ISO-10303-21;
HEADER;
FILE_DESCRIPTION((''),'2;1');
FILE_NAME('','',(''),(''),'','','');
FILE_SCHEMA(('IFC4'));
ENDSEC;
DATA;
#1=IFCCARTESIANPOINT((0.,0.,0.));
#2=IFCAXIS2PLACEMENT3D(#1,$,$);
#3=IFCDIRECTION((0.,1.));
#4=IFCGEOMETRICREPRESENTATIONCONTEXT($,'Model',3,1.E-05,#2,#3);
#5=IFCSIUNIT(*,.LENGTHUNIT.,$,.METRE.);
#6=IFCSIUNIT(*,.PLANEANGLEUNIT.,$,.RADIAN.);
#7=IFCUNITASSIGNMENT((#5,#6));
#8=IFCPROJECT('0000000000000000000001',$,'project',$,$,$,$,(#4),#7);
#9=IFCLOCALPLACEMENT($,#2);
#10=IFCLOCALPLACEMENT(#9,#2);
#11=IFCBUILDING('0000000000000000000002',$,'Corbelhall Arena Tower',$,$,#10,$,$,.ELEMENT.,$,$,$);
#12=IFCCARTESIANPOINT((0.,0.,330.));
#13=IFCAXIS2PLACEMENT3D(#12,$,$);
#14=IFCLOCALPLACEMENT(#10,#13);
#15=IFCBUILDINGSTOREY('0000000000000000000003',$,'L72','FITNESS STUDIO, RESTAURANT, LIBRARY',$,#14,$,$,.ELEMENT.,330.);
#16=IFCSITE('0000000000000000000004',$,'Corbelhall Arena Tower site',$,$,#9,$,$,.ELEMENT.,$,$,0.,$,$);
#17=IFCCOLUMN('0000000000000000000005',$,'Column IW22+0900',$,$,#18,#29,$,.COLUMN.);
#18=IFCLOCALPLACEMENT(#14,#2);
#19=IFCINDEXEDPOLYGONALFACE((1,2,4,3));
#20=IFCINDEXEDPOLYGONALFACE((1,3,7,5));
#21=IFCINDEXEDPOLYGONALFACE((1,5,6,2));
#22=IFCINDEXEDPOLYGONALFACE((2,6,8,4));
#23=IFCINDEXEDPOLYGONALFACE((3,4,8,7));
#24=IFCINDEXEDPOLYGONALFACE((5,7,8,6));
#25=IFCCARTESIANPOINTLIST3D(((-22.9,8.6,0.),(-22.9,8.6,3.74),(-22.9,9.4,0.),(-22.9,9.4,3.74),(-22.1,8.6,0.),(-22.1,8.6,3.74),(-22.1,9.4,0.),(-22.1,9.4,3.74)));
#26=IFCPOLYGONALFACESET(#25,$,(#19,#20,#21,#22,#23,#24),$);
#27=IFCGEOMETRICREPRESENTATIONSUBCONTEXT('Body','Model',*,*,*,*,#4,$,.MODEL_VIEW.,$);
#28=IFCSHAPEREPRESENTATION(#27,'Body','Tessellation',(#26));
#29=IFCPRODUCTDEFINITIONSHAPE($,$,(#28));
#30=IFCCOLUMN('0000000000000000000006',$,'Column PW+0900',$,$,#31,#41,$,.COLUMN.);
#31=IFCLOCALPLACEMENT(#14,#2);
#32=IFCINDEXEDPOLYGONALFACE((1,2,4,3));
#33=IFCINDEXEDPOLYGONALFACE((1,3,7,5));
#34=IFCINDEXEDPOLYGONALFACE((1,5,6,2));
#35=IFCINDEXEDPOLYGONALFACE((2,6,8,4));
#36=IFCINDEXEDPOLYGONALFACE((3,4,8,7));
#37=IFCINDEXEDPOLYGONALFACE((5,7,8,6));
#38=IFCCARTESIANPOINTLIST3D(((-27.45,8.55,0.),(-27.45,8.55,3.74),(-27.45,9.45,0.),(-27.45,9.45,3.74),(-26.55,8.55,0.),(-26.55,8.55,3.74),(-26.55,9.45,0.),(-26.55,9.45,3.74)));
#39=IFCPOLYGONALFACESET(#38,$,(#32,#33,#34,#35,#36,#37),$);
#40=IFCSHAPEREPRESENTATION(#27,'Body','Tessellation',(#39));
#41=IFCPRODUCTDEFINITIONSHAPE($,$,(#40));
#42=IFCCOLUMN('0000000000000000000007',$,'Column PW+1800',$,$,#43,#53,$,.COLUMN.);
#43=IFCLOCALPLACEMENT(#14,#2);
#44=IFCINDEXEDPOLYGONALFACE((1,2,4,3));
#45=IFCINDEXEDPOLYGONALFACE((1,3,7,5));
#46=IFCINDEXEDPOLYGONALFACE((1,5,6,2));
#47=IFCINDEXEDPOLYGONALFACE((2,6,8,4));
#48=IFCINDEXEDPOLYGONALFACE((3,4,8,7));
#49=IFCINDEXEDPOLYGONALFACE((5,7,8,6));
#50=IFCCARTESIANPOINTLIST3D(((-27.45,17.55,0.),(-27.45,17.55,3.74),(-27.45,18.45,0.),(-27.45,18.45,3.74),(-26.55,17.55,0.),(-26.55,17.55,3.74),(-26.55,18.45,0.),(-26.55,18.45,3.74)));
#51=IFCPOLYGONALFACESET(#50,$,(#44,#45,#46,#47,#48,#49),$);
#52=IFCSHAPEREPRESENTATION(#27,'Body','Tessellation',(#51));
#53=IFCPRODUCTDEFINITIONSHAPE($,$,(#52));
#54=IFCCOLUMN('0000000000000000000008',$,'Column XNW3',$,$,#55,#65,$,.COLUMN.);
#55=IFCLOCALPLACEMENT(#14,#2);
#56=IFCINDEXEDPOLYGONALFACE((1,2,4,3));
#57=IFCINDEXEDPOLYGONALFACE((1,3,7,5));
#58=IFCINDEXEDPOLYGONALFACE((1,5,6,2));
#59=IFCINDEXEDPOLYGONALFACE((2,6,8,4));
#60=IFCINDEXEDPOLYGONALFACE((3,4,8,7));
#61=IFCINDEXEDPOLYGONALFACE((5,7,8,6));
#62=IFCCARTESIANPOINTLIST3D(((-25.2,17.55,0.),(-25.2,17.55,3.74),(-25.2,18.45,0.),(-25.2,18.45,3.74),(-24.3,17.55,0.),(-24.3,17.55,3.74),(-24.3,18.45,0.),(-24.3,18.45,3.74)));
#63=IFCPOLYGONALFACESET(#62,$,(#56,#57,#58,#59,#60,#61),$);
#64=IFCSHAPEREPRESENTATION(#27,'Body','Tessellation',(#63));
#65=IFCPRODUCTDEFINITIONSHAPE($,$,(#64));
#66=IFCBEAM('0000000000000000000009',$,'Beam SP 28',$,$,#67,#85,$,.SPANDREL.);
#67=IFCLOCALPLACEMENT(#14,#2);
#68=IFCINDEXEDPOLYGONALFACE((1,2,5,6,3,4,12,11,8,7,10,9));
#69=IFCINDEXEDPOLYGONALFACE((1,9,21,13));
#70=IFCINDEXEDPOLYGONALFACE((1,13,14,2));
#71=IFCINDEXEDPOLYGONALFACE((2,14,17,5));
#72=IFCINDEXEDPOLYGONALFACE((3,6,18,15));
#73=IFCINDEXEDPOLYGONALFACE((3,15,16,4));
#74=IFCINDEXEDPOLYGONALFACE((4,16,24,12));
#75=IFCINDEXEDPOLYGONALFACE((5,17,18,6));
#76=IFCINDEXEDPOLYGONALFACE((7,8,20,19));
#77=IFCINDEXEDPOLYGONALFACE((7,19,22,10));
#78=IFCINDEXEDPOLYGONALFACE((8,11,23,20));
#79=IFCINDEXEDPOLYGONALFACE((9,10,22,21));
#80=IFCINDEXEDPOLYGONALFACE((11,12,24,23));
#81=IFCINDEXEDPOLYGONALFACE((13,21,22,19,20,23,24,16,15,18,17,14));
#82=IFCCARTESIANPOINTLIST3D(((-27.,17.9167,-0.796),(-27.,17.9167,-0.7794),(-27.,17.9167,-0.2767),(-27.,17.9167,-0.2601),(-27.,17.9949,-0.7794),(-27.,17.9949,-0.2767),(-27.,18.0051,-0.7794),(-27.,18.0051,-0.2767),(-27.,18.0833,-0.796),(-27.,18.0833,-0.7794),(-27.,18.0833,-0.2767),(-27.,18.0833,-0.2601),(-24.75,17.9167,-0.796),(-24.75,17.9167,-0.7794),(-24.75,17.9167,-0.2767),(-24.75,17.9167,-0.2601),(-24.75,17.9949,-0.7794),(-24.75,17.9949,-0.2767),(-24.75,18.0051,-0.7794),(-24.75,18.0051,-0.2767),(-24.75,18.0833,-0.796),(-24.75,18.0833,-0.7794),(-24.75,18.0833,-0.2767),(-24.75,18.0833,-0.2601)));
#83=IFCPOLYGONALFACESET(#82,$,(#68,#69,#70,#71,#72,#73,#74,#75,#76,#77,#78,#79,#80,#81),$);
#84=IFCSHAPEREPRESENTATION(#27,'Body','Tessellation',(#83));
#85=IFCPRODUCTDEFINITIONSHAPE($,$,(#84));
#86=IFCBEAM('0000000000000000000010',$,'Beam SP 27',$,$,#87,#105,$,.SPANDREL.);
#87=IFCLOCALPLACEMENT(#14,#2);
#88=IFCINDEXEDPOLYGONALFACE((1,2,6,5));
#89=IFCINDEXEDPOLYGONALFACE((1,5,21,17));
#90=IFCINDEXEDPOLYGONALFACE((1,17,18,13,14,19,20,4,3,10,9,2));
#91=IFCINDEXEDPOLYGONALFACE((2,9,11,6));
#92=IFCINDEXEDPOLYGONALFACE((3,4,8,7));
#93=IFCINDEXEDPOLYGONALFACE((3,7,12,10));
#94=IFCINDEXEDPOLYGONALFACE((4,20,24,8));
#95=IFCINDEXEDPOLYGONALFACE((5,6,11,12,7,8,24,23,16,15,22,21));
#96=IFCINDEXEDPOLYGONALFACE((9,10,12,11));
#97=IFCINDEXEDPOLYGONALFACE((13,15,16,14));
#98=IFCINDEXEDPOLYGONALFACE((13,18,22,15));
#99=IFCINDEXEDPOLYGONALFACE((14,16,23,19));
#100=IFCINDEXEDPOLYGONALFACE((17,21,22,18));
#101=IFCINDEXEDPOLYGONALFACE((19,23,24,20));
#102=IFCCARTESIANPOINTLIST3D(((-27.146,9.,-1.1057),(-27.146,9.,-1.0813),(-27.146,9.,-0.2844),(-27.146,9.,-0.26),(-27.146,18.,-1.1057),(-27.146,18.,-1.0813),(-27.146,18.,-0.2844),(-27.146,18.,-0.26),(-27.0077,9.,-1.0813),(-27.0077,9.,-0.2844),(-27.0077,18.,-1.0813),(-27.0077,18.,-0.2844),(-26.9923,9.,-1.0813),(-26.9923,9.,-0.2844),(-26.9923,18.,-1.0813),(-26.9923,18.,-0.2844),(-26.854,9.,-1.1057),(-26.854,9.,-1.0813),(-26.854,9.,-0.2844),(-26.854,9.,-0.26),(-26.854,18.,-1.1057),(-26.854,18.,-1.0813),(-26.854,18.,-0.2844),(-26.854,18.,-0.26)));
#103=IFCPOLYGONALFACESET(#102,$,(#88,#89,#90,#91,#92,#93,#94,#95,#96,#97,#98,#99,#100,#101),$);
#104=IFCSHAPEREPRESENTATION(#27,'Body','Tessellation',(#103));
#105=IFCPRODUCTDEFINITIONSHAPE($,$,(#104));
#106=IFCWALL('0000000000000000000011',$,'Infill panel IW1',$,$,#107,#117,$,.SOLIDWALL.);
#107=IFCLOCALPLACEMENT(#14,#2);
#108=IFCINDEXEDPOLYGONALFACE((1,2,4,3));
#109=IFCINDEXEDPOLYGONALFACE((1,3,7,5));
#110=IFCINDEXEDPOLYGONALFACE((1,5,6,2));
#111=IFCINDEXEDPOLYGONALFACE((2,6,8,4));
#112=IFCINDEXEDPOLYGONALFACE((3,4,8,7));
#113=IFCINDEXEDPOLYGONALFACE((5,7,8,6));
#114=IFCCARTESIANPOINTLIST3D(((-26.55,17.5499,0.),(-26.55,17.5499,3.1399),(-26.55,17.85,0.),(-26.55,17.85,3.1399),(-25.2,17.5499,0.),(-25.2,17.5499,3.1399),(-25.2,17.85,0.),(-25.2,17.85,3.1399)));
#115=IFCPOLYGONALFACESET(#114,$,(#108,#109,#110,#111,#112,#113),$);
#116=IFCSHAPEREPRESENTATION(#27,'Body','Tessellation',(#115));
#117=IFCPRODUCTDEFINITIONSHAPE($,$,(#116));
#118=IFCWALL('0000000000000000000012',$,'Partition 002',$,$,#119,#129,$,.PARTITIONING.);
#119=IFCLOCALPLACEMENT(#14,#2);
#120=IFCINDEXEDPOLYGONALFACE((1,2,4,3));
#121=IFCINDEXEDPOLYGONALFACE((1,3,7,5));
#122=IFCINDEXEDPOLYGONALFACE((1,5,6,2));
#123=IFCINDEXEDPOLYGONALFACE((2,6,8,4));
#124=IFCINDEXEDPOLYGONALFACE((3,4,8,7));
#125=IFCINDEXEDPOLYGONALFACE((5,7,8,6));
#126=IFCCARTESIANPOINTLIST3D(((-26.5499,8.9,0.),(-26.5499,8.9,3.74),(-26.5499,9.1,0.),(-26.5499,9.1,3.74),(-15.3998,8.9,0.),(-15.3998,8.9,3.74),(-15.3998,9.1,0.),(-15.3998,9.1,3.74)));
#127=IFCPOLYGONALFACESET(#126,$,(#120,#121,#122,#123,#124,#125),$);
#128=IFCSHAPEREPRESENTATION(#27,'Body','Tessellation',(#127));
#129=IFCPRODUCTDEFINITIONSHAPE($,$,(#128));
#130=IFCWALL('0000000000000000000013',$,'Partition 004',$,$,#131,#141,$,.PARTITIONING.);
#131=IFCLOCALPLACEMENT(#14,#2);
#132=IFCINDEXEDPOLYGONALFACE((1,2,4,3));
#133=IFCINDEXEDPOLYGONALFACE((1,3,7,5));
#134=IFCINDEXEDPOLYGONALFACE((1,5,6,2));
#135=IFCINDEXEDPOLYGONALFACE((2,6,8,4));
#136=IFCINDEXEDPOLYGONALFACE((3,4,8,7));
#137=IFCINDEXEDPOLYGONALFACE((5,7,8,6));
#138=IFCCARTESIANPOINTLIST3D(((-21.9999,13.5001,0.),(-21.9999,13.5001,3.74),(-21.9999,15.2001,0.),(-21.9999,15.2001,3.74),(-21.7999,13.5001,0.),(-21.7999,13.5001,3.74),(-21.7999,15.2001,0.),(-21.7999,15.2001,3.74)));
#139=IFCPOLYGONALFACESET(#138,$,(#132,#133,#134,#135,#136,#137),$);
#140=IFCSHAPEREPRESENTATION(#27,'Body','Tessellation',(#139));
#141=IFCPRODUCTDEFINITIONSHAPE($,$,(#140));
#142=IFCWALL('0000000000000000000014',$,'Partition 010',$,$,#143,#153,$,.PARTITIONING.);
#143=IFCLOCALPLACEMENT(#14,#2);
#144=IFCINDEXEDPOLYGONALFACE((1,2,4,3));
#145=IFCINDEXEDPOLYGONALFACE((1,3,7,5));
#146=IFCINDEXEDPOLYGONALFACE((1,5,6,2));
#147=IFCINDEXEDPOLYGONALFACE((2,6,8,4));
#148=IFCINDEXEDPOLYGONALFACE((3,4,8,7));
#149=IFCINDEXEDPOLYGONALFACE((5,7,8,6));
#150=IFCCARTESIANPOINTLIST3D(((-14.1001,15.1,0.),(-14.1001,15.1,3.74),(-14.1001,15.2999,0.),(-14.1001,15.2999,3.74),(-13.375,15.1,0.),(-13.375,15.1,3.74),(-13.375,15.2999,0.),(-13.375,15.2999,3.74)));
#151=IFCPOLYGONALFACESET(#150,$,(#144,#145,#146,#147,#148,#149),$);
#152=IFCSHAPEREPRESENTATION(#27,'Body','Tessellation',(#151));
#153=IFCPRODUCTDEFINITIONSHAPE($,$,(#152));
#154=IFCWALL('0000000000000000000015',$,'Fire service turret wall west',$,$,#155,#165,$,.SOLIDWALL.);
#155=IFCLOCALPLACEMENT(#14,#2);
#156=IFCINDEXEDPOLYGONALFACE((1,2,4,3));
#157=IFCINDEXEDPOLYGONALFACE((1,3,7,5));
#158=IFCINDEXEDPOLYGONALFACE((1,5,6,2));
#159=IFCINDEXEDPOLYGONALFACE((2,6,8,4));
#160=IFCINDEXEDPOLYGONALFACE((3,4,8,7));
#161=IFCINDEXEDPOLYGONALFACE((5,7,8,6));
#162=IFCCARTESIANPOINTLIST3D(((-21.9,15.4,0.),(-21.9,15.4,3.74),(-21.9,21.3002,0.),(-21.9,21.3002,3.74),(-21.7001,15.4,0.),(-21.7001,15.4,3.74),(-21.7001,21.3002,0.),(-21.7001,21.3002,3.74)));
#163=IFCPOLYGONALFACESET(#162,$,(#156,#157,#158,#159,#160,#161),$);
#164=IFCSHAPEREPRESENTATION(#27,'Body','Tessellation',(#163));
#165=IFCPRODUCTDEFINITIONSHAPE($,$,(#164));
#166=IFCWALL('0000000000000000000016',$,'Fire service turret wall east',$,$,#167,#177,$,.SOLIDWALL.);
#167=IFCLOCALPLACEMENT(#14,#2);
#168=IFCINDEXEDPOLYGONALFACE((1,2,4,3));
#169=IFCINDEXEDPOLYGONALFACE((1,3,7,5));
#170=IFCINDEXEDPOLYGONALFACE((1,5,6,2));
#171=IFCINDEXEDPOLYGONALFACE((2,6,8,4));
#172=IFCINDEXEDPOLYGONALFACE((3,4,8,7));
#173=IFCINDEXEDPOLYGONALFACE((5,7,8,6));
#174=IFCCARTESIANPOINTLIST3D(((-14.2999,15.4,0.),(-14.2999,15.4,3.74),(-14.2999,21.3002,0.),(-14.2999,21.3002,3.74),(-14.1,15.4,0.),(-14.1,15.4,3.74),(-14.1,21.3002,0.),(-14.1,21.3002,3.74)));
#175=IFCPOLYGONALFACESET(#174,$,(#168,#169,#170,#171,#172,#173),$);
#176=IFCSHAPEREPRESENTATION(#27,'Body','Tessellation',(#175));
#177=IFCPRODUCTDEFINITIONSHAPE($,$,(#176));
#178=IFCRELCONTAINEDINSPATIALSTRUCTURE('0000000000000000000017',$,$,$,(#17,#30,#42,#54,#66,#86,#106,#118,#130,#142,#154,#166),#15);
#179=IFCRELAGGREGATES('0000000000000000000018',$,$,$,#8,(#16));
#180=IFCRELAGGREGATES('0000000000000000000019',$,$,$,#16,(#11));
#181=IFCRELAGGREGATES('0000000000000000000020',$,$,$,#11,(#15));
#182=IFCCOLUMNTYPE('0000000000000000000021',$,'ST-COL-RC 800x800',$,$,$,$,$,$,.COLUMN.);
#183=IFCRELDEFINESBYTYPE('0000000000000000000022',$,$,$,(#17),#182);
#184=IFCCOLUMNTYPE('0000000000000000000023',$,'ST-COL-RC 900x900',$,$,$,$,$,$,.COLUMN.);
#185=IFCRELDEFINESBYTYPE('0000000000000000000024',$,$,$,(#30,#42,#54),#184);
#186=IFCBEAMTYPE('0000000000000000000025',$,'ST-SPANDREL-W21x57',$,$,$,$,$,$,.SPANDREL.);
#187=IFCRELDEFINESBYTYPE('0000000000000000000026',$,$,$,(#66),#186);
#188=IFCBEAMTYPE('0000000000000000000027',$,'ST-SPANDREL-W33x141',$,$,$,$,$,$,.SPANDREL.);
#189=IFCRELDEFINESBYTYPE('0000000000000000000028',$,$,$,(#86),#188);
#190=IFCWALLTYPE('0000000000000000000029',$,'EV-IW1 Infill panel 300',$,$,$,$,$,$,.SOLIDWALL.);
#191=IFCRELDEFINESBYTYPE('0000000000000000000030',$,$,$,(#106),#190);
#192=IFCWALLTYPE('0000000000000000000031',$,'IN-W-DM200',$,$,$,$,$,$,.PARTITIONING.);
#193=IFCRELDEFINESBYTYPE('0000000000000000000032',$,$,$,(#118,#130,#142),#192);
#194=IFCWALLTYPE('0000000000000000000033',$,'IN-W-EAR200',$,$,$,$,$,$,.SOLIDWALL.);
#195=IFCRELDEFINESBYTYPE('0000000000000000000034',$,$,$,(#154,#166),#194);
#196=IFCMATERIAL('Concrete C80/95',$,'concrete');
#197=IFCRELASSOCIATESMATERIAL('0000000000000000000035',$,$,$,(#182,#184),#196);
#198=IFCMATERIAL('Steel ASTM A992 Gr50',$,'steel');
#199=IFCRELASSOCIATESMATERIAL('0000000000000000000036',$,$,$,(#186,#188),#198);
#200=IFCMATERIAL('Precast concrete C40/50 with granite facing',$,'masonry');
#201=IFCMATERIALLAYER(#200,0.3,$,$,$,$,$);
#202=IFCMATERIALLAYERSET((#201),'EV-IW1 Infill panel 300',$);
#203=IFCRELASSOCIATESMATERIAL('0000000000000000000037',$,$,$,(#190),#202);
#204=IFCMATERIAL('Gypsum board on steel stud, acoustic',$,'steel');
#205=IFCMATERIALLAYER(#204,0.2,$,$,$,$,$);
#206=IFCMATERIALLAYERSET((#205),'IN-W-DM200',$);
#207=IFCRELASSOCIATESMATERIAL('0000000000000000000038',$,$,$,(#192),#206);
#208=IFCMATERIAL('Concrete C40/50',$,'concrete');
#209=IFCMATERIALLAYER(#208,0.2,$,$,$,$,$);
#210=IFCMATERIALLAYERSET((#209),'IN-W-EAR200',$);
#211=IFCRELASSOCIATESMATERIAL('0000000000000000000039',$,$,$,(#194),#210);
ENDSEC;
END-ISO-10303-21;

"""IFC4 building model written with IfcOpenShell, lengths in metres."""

from ifc_helpers import new_model, si_unit, direction, frame, frame_2d, origin, origin_2d, place, context, subcontext, project, spatial, rectangle, i_section, extrude, material, layer, layer_set, material_profile, profile_set, type_object, element, save


model = new_model("IFC4")

# Units and contexts
model_context = context("Model", 3, precision=1e-05, world=origin(), true_north=direction((0.0, 1.0)))
body_context = subcontext(model_context, "Body", "Model", "MODEL_VIEW")
ifc_project = project(units=[si_unit("LENGTHUNIT", "METRE"), si_unit("PLANEANGLEUNIT", "RADIAN")], contexts=[model_context])

# Site, building, storey
site_placement = place(None, origin())
site = spatial("IfcSite", under=ifc_project, at=site_placement, Name="Corbelhall Arena Tower site", CompositionType="ELEMENT", RefElevation=0.0)
building_placement = place(site_placement, origin())
building = spatial("IfcBuilding", under=site, at=building_placement, Name="Corbelhall Arena Tower", CompositionType="ELEMENT")
storey_placement = place(building_placement, frame((0.0, 0.0, 330.0)))
storey = spatial("IfcBuildingStorey", under=building, at=storey_placement, Name="L72", Description="FITNESS STUDIO, RESTAURANT, LIBRARY", CompositionType="ELEMENT", Elevation=330.0)

# Columns
ifc_material_1 = material(Name="Concrete C80/95", Category="concrete")
ifc_material_profile_1 = material_profile(ifc_material_1, rectangle(XDim=0.8, YDim=0.8, at=origin_2d()))
ifc_profile_set_1 = profile_set([ifc_material_profile_1], Name="Concrete C80/95")
column_type_1 = type_object("IfcColumnType", Name="ST-COL-RC 800x800", PredefinedType="COLUMN", material=ifc_profile_set_1)
column_placement = place(storey_placement, frame((-22.5, 9.0, 0.0), z_axis=(0.0, 0.0, 1.0), x_axis=(1.0, 0.0, 0.0)))
element("IfcColumn", 1, at=column_placement, inside=storey, type_object=column_type_1, Name="Column IW22+0900", PredefinedType="COLUMN", context=body_context, shape_type="SweptSolid", body=[
    extrude(rectangle(XDim=0.8, YDim=0.8, at=origin_2d()), origin(), (0.0, 0.0, 1.0), 3.74),
])
ifc_material_profile_2 = material_profile(ifc_material_1, rectangle(XDim=0.8999, YDim=0.8999, at=origin_2d()))
ifc_profile_set_2 = profile_set([ifc_material_profile_2], Name="Concrete C80/95")
column_type_2 = type_object("IfcColumnType", Name="ST-COL-RC 900x900", PredefinedType="COLUMN", material=ifc_profile_set_2)
for number, where, z_axis, x_axis, name in (
    (2, (-27.0, 9.0, 0.0), (0.0, 0.0, 1.0), (0.0, 1.0, 0.0), "Column PW+0900"),
    (3, (-27.0, 18.0, 0.0), (0.0, 0.0, 1.0), (0.0, 1.0, 0.0), "Column PW+1800"),
    (4, (-24.75, 18.0, 0.0), (0.0, 0.0, 1.0), (1.0, 0.0, 0.0), "Column XNW3"),
):
    element("IfcColumn", number, at=place(storey_placement, frame(where, z_axis=z_axis, x_axis=x_axis)), inside=storey, type_object=column_type_2, Name=name, PredefinedType="COLUMN", context=body_context, shape_type="SweptSolid", body=[
        extrude(rectangle(XDim=0.8999, YDim=0.8999, at=origin_2d()), origin(), (0.0, 0.0, 1.0), 3.74),
    ])

# Beams
ifc_material_2 = material(Name="Steel ASTM A992 Gr50", Category="steel")
ifc_material_profile_3 = material_profile(ifc_material_2, i_section(OverallWidth=0.1665, OverallDepth=0.5359, WebThickness=0.0103, FlangeThickness=0.0166, at=origin_2d()))
ifc_profile_set_3 = profile_set([ifc_material_profile_3], Name="Steel ASTM A992 Gr50")
beam_type_1 = type_object("IfcBeamType", Name="ST-SPANDREL-W21x57", PredefinedType="SPANDREL", material=ifc_profile_set_3)
beam_1_placement = place(storey_placement, frame((-27.0, 18.0, -0.5281), z_axis=(1.0, 0.0, 0.0), x_axis=(0.0, 1.0, 0.0)))
element("IfcBeam", 5, at=beam_1_placement, inside=storey, type_object=beam_type_1, Name="Beam SP 28", PredefinedType="SPANDREL", context=body_context, shape_type="SweptSolid", body=[
    extrude(i_section(OverallWidth=0.1665, OverallDepth=0.5359, WebThickness=0.0103, FlangeThickness=0.0166, at=origin_2d()), origin(), (0.0, 0.0, 1.0), 2.25),
])
ifc_material_profile_4 = material_profile(ifc_material_2, i_section(OverallWidth=0.292, OverallDepth=0.8457, WebThickness=0.0154, FlangeThickness=0.0244, at=origin_2d()))
ifc_profile_set_4 = profile_set([ifc_material_profile_4], Name="Steel ASTM A992 Gr50")
beam_type_2 = type_object("IfcBeamType", Name="ST-SPANDREL-W33x141", PredefinedType="SPANDREL", material=ifc_profile_set_4)
beam_2_placement = place(storey_placement, frame((-27.0, 9.0, -0.6829), z_axis=(0.0, 1.0, 0.0), x_axis=(-1.0, 0.0, 0.0)))
element("IfcBeam", 6, at=beam_2_placement, inside=storey, type_object=beam_type_2, Name="Beam SP 27", PredefinedType="SPANDREL", context=body_context, shape_type="SweptSolid", body=[
    extrude(i_section(OverallWidth=0.292, OverallDepth=0.8457, WebThickness=0.0154, FlangeThickness=0.0244, at=origin_2d()), origin(), (0.0, 0.0, 1.0), 9.0),
])

# Wall
ifc_material_3 = material(Name="Precast concrete C40/50 with granite facing", Category="masonry")
ifc_layer_1 = layer(ifc_material_3, 0.3)
ifc_layer_set_1 = layer_set([ifc_layer_1], Name="EV-IW1 Infill panel 300")
wall_type_1 = type_object("IfcWallType", Name="EV-IW1 Infill panel 300", PredefinedType="SOLIDWALL", material=ifc_layer_set_1)
wall_1_placement = place(storey_placement, frame((-25.2, 17.7, 0.0), z_axis=(0.0, 0.0, 1.0), x_axis=(-1.0, 0.0, 0.0)))
element("IfcWall", 7, at=wall_1_placement, inside=storey, type_object=wall_type_1, Name="Infill panel IW1", PredefinedType="SOLIDWALL", context=body_context, shape_type="SweptSolid", body=[
    extrude(rectangle(XDim=1.3501, YDim=0.3, at=frame_2d((0.675, 0.0))), origin(), (0.0, 0.0, 1.0), 3.1399),
])

# Walls
ifc_material_4 = material(Name="Gypsum board on steel stud, acoustic", Category="steel")
ifc_layer_2 = layer(ifc_material_4, 0.2)
ifc_layer_set_2 = layer_set([ifc_layer_2], Name="IN-W-DM200")
wall_type_2 = type_object("IfcWallType", Name="IN-W-DM200", PredefinedType="PARTITIONING", material=ifc_layer_set_2)
wall_2_placement = place(storey_placement, frame((-26.55, 9.0, 0.0), z_axis=(0.0, 0.0, 1.0), x_axis=(1.0, 0.0, 0.0)))
element("IfcWall", 8, at=wall_2_placement, inside=storey, type_object=wall_type_2, Name="Partition 002", PredefinedType="PARTITIONING", context=body_context, shape_type="SweptSolid", body=[
    extrude(rectangle(XDim=11.1501, YDim=0.2, at=frame_2d((5.5752, 0.0))), origin(), (0.0, 0.0, 1.0), 3.74),
])
wall_3_placement = place(storey_placement, frame((-21.8999, 13.5, 0.0), z_axis=(0.0, 0.0, 1.0), x_axis=(0.0, 1.0, 0.0)))
element("IfcWall", 9, at=wall_3_placement, inside=storey, type_object=wall_type_2, Name="Partition 004", PredefinedType="PARTITIONING", context=body_context, shape_type="SweptSolid", body=[
    extrude(rectangle(XDim=1.7, YDim=0.2, at=frame_2d((0.8501, 0.0))), origin(), (0.0, 0.0, 1.0), 3.74),
])

# Wall
wall_4_placement = place(storey_placement, frame((-14.1001, 15.2, 0.0), z_axis=(0.0, 0.0, 1.0), x_axis=(1.0, 0.0, 0.0)))
element("IfcWall", 10, at=wall_4_placement, inside=storey, type_object=wall_type_2, Name="Partition 010", PredefinedType="PARTITIONING", context=body_context, shape_type="SweptSolid", body=[
    extrude(rectangle(XDim=0.7251, YDim=0.2, at=frame_2d((0.3625, 0.0))), origin(), (0.0, 0.0, 1.0), 3.74),
])

# Shared definitions
ifc_material_5 = material(Name="Concrete C40/50", Category="concrete")
ifc_layer_3 = layer(ifc_material_5, 0.2)
ifc_layer_set_3 = layer_set([ifc_layer_3], Name="IN-W-EAR200")
wall_type_3 = type_object("IfcWallType", Name="IN-W-EAR200", PredefinedType="SOLIDWALL", material=ifc_layer_set_3)

# Walls
for number, where, z_axis, x_axis, name in (
    (11, (-21.8, 15.3999, 0.0), (0.0, 0.0, 1.0), (0.0, 1.0, 0.0), "Fire service turret wall west"),
    (12, (-14.2, 15.3999, 0.0), (0.0, 0.0, 1.0), (0.0, 1.0, 0.0), "Fire service turret wall east"),
):
    element("IfcWall", number, at=place(storey_placement, frame(where, z_axis=z_axis, x_axis=x_axis)), inside=storey, type_object=wall_type_3, Name=name, PredefinedType="SOLIDWALL", context=body_context, shape_type="SweptSolid", body=[
        extrude(rectangle(XDim=5.9001, YDim=0.2, at=frame_2d((2.9502, 0.0))), origin(), (0.0, 0.0, 1.0), 3.74),
    ])

save(model, "model.ifc")
